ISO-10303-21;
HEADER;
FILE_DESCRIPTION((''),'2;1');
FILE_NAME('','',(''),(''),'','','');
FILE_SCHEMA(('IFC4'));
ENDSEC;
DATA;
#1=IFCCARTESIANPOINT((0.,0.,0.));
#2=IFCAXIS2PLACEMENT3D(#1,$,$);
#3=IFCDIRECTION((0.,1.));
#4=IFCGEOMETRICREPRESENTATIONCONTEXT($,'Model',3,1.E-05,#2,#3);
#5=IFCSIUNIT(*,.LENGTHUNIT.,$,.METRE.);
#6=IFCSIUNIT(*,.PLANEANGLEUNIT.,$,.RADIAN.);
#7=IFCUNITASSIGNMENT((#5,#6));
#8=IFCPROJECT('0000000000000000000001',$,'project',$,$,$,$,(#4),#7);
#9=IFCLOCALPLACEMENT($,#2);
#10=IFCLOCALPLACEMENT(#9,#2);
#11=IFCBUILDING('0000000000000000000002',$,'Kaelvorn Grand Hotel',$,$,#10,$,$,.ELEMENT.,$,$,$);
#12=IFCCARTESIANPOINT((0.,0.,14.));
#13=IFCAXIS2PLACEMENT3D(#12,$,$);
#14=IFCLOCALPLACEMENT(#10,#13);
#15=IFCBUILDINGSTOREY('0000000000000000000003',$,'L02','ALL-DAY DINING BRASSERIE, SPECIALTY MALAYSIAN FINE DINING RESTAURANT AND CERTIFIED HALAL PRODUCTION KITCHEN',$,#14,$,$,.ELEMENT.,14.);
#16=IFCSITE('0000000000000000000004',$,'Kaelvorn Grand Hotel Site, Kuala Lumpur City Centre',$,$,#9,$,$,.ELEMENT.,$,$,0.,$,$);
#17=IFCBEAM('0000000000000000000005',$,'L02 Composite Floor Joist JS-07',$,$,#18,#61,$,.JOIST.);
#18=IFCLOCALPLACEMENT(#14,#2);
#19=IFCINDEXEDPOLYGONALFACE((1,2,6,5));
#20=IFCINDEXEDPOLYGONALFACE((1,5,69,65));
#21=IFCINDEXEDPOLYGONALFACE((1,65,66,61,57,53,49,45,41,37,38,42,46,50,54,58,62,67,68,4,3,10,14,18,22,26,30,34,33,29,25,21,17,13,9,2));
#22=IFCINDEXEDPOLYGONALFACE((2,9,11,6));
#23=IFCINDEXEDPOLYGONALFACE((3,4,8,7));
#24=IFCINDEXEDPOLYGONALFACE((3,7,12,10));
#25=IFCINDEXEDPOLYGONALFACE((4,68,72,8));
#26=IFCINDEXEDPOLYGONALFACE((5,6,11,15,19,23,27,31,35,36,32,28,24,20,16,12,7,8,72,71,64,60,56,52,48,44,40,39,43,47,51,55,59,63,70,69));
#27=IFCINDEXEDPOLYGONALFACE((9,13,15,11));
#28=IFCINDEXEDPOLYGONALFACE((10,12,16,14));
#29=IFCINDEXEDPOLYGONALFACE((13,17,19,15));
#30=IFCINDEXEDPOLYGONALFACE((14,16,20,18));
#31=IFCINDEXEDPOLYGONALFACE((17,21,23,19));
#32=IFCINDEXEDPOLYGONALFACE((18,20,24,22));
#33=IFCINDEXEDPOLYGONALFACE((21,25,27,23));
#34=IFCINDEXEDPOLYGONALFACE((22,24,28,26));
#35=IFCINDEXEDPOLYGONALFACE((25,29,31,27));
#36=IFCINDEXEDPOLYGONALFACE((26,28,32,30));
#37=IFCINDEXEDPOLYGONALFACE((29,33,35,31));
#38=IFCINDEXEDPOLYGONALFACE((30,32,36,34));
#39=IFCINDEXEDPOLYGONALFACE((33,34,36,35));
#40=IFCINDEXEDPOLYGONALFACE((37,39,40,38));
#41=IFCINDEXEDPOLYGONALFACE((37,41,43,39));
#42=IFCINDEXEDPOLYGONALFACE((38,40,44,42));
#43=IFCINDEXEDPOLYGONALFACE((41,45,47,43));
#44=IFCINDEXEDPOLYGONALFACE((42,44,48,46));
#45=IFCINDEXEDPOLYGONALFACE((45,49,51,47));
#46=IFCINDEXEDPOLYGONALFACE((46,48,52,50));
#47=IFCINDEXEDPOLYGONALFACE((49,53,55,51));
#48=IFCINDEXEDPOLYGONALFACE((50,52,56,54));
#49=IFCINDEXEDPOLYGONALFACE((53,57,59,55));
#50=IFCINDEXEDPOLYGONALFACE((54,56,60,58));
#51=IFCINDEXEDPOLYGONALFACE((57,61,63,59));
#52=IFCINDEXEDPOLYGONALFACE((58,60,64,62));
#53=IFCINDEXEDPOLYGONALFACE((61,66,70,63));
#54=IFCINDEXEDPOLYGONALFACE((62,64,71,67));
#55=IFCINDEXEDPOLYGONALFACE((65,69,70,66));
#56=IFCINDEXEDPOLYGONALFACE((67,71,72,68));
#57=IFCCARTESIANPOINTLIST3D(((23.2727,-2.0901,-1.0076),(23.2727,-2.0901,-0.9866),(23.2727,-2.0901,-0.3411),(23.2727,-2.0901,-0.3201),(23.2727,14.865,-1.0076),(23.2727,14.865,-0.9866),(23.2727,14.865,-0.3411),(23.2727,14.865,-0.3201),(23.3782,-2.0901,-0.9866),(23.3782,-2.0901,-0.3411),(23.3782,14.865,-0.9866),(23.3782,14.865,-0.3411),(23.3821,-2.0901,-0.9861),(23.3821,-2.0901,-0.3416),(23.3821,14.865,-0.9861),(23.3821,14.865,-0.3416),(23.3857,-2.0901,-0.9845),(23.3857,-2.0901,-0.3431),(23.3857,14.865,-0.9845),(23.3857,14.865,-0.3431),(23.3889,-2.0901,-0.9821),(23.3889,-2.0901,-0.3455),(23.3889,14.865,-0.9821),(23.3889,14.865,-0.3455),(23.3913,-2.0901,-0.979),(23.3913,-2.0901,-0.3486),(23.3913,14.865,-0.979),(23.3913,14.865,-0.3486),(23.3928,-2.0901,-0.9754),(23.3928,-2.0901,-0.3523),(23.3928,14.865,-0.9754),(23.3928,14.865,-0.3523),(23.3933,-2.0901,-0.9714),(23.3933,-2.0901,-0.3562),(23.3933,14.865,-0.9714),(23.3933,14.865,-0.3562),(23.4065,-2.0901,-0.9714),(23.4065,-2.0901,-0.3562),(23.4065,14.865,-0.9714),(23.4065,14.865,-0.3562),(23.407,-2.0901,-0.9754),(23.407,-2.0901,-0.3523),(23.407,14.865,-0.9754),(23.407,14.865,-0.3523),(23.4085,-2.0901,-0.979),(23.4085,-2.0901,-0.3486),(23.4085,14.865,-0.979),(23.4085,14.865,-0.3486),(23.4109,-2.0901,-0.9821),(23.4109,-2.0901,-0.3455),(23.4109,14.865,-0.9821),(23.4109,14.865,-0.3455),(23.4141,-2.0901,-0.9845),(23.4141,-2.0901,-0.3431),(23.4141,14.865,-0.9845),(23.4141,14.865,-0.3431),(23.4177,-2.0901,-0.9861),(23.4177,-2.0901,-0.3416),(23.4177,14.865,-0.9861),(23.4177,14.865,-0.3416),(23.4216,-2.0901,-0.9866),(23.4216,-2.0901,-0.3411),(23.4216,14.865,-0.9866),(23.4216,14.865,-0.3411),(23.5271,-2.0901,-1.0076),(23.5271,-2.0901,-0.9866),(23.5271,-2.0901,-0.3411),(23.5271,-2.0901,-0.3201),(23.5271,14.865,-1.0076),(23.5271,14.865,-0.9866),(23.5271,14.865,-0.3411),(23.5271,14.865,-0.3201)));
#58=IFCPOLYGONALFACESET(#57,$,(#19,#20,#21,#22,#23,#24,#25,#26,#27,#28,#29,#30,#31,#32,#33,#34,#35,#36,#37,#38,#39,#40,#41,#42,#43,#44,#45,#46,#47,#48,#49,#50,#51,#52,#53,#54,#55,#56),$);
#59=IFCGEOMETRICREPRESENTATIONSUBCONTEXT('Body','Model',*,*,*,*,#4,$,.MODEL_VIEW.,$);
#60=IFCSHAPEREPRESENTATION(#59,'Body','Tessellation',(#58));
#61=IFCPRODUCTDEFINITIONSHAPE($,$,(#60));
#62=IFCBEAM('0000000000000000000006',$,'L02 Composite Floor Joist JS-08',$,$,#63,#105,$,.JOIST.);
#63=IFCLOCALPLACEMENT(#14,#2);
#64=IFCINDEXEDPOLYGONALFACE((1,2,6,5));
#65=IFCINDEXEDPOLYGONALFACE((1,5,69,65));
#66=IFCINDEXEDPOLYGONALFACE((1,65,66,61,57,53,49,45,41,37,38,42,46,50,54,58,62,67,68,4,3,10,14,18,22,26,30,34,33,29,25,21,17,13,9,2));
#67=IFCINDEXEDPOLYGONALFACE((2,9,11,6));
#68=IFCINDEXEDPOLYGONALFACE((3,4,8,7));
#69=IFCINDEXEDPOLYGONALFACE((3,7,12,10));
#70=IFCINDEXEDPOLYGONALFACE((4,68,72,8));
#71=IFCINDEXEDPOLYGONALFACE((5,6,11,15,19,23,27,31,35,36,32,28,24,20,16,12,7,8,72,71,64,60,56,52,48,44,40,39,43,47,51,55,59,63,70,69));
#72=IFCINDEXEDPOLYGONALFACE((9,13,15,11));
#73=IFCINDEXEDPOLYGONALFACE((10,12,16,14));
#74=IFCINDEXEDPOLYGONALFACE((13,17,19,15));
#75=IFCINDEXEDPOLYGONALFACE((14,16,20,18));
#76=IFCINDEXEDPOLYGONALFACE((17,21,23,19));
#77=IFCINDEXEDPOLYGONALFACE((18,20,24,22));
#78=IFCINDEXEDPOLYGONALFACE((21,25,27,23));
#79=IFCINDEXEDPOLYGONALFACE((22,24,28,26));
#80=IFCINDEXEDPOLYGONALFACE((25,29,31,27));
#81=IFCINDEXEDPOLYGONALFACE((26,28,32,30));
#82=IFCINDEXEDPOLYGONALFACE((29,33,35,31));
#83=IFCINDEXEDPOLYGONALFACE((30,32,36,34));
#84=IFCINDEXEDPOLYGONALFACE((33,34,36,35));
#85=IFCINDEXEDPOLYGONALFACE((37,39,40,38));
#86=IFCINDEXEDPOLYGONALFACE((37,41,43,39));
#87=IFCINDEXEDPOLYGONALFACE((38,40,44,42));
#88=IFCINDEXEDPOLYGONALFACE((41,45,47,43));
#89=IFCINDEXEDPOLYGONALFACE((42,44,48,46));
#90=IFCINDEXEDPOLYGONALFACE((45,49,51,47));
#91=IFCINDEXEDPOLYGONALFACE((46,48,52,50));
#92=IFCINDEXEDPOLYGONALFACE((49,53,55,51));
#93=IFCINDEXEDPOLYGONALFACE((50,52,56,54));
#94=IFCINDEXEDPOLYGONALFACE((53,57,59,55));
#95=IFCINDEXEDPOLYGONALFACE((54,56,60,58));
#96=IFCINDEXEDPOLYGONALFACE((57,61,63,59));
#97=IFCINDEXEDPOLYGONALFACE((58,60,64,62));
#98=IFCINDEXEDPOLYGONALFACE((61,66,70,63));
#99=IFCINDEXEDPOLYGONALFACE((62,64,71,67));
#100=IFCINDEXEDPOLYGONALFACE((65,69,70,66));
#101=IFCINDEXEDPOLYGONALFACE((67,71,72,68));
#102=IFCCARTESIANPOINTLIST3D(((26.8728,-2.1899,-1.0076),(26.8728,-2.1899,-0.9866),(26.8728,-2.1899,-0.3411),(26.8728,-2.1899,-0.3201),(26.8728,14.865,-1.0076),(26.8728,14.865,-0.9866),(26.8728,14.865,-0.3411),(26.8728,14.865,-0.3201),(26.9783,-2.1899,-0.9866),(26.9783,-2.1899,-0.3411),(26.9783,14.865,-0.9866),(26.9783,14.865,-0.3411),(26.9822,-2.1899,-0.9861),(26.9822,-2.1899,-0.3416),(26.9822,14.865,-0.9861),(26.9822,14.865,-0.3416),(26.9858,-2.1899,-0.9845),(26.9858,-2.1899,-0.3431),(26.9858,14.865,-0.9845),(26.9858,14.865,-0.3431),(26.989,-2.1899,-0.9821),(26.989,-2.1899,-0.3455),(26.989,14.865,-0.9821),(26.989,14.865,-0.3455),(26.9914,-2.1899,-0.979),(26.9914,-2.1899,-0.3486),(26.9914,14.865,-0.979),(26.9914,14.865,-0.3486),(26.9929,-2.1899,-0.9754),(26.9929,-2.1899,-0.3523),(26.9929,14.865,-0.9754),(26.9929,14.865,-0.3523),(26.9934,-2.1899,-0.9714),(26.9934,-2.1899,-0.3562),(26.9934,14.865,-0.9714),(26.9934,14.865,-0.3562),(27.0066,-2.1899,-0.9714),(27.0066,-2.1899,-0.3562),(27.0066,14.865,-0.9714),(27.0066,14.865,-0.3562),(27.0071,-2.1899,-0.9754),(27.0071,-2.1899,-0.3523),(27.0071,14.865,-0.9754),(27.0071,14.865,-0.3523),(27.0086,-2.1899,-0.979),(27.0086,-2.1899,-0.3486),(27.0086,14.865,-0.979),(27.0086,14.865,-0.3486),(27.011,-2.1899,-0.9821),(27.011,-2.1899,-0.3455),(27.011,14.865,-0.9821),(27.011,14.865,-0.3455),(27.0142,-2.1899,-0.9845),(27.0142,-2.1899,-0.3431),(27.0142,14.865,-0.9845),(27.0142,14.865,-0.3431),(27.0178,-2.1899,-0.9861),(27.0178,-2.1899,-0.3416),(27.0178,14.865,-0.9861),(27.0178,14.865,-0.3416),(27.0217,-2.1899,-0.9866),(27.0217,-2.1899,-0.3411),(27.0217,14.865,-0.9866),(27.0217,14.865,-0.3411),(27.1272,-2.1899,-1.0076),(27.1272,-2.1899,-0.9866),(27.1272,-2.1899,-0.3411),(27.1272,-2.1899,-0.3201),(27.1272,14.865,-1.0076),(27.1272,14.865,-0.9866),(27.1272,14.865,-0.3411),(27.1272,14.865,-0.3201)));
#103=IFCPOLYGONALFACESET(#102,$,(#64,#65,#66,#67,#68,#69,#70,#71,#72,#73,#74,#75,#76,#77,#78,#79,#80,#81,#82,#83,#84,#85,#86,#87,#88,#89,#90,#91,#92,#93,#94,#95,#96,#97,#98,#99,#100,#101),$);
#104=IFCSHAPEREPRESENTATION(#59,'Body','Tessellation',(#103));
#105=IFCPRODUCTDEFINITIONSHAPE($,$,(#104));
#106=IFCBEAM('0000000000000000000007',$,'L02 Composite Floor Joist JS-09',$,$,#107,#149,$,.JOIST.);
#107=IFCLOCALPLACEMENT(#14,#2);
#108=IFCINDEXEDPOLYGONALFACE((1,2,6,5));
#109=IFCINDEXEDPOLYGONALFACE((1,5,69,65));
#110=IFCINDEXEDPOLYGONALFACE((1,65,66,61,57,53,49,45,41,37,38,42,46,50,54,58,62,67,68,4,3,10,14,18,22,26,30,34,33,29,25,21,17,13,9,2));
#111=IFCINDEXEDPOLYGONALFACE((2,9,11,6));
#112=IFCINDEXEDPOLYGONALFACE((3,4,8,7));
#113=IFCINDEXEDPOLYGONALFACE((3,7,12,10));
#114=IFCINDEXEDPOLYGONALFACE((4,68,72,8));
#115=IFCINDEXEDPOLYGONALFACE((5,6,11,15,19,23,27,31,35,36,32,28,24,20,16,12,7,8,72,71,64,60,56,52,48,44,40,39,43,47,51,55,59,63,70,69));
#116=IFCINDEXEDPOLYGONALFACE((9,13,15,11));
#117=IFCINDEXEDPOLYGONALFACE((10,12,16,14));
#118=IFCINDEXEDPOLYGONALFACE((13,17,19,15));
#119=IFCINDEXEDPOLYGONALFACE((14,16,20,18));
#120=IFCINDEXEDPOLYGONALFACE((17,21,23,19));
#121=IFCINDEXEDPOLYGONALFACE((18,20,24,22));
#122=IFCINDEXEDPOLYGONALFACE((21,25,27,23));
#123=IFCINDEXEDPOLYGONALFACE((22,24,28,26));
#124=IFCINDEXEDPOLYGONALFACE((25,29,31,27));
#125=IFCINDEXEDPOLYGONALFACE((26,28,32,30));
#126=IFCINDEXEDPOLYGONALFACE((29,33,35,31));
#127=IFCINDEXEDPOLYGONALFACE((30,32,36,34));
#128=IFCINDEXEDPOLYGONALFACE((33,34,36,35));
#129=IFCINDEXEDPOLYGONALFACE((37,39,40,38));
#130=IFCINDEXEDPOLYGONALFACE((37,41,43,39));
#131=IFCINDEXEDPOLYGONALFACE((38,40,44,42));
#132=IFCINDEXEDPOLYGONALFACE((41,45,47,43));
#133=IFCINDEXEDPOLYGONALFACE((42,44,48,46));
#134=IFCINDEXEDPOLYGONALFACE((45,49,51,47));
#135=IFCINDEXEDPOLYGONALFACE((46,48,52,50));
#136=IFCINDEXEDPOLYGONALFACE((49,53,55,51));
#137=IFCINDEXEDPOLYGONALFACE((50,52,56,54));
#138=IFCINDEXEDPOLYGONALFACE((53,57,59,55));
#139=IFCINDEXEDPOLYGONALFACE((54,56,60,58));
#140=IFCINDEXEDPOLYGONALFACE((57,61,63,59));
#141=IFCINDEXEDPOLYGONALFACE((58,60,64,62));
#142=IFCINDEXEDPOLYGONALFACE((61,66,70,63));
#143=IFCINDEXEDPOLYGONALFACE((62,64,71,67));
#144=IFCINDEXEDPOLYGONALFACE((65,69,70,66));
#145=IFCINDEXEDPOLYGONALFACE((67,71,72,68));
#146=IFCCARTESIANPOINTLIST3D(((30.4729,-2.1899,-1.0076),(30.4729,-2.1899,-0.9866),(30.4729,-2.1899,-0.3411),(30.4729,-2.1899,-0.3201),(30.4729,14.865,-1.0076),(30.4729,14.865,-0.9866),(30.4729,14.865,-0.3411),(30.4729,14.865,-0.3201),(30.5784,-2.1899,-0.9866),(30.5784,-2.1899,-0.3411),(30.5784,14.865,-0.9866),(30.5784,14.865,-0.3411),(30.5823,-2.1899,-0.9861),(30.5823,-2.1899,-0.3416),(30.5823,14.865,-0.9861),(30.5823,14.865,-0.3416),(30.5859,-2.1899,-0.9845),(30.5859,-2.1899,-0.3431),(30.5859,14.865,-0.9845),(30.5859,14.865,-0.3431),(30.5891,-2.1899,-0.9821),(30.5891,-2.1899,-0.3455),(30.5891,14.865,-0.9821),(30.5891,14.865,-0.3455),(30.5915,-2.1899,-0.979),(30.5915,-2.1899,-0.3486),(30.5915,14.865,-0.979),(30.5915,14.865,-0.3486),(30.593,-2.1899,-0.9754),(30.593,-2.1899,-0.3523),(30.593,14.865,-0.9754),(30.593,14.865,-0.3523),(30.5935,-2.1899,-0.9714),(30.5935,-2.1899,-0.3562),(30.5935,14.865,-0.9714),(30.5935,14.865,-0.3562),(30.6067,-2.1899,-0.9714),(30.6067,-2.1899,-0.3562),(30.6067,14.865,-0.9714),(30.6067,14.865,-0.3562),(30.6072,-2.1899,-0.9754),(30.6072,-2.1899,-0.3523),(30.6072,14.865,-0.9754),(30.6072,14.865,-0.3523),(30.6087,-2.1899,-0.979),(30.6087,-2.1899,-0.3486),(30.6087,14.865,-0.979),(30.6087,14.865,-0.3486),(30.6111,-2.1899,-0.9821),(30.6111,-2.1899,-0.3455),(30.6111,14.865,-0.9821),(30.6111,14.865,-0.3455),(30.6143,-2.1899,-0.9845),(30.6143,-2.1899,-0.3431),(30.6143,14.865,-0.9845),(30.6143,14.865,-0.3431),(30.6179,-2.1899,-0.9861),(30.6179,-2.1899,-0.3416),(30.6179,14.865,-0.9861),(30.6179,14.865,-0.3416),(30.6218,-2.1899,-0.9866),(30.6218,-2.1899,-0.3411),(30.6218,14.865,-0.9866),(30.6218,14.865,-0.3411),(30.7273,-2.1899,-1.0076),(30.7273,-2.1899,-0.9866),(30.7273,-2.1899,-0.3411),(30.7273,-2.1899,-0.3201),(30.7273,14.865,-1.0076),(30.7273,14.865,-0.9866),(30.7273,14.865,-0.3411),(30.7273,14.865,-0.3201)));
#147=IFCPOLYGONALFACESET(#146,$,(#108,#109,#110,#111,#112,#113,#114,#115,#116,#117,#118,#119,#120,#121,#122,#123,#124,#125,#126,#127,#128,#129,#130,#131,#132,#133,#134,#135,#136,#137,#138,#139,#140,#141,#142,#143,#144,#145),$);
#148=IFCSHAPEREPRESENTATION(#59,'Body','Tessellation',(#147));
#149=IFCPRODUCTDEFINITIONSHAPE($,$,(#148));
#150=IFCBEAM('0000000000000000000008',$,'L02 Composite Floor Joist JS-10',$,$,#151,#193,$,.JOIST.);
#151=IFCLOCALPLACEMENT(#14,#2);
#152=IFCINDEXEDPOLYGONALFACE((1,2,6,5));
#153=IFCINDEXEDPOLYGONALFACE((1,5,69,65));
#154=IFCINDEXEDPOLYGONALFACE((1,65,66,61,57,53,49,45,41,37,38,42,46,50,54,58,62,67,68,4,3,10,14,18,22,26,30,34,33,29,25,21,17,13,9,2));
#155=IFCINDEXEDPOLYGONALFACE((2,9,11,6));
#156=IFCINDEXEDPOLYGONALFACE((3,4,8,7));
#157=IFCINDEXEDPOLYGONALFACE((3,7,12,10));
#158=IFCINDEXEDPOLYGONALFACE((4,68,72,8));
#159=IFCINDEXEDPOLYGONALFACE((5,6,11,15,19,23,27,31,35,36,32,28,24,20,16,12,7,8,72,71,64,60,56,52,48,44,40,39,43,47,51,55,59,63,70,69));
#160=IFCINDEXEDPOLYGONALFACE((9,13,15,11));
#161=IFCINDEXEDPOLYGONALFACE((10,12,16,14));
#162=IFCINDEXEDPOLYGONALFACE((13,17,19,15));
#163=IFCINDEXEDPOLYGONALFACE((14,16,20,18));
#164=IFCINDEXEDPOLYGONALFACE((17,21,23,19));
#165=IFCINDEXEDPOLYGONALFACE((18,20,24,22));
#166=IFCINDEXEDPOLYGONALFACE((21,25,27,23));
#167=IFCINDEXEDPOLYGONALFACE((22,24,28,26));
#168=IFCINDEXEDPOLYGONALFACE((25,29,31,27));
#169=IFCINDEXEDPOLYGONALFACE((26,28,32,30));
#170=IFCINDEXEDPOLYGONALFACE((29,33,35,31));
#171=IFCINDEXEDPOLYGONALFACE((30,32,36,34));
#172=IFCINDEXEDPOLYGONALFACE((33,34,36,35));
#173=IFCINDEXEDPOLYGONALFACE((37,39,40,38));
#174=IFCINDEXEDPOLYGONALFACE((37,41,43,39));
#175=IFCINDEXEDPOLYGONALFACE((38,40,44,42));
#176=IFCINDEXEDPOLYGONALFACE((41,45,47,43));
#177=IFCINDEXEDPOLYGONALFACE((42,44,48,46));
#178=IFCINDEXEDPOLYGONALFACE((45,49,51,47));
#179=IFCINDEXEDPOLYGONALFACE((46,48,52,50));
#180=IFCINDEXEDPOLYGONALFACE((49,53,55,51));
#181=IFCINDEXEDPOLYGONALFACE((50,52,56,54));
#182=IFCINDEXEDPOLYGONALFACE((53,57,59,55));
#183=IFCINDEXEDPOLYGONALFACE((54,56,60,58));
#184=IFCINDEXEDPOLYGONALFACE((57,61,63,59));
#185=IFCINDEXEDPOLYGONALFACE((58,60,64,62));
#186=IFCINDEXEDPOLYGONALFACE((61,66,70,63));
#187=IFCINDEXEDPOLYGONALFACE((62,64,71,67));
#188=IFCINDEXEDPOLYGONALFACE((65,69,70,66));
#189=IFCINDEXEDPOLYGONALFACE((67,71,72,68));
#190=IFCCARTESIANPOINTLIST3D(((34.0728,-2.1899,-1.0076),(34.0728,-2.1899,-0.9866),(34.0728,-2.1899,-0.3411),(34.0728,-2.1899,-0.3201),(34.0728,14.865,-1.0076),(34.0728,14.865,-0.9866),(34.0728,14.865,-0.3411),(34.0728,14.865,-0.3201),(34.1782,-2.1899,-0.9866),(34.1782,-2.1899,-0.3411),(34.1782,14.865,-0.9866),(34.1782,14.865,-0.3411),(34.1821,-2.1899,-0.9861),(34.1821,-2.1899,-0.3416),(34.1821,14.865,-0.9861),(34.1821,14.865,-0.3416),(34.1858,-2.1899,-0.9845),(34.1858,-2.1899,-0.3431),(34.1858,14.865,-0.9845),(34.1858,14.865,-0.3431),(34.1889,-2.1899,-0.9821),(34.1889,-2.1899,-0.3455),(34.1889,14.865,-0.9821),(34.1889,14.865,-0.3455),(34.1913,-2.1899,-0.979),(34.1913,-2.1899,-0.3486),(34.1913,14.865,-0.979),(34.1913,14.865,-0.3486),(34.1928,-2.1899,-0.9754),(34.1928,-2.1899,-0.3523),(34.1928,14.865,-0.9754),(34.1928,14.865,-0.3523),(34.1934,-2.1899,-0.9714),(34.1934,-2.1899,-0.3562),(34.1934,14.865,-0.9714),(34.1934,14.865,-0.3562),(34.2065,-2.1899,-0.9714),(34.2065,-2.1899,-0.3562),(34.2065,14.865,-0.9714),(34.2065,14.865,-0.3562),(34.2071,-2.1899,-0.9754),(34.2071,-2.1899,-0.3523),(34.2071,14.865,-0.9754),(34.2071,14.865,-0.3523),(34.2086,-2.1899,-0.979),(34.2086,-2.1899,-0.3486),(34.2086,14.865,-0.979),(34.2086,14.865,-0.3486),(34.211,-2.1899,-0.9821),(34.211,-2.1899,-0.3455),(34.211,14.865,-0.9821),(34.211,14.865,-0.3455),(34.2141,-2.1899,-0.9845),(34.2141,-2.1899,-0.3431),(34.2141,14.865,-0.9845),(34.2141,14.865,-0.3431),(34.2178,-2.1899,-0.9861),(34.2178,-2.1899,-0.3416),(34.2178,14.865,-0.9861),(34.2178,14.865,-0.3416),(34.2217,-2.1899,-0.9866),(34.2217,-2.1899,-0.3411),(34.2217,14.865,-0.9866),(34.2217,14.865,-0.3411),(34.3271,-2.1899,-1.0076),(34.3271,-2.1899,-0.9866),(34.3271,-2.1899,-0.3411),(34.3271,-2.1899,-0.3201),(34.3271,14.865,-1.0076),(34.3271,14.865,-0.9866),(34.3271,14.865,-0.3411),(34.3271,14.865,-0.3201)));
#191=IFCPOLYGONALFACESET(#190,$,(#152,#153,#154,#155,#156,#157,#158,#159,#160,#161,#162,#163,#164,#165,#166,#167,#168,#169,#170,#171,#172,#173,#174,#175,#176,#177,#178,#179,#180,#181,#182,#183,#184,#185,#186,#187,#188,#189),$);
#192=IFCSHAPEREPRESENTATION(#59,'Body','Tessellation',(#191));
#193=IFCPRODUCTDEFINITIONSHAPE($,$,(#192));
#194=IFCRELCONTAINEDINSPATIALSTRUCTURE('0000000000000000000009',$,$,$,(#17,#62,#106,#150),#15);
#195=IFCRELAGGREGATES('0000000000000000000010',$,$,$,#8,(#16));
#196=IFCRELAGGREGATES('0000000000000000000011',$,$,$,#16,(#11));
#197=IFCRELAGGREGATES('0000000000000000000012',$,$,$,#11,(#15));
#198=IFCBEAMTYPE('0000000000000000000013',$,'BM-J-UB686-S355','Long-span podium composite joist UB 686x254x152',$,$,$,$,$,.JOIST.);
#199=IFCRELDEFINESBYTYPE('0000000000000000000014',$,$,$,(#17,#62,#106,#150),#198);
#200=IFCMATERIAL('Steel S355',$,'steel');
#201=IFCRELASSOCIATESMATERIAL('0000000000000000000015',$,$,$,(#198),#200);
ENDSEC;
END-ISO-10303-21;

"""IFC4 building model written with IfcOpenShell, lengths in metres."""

from ifc_helpers import new_model, si_unit, direction, frame, origin, origin_2d, place, context, subcontext, project, spatial, i_section, extrude, material, material_profile, profile_set, type_object, element, save


model = new_model("IFC4")

# Units and contexts
model_context = context("Model", 3, precision=1e-05, world=origin(), true_north=direction((0.0, 1.0)))
body_context = subcontext(model_context, "Body", "Model", "MODEL_VIEW")
ifc_project = project(units=[si_unit("LENGTHUNIT", "METRE"), si_unit("PLANEANGLEUNIT", "RADIAN")], contexts=[model_context])

# Site, building, storey
site_placement = place(None, origin())
site = spatial("IfcSite", under=ifc_project, at=site_placement, Name="Kaelvorn Grand Hotel Site, Kuala Lumpur City Centre", CompositionType="ELEMENT", RefElevation=0.0)
building_placement = place(site_placement, origin())
building = spatial("IfcBuilding", under=site, at=building_placement, Name="Kaelvorn Grand Hotel", CompositionType="ELEMENT")
storey_placement = place(building_placement, frame((0.0, 0.0, 14.0)))
storey = spatial("IfcBuildingStorey", under=building, at=storey_placement, Name="L02", Description="ALL-DAY DINING BRASSERIE, SPECIALTY MALAYSIAN FINE DINING RESTAURANT AND CERTIFIED HALAL PRODUCTION KITCHEN", CompositionType="ELEMENT", Elevation=14.0)

# Beams
ifc_material_1 = material(Name="Steel S355", Category="steel")
ifc_material_profile_1 = material_profile(ifc_material_1, i_section(OverallWidth=0.2544, OverallDepth=0.6875, WebThickness=0.0132, FlangeThickness=0.021, FilletRadius=0.0151, at=origin_2d()), Name="UB 686x254x152")
ifc_profile_set_1 = profile_set([ifc_material_profile_1], Name="Steel S355")
beam_type_1 = type_object("IfcBeamType", Name="BM-J-UB686-S355", Description="Long-span podium composite joist UB 686x254x152", PredefinedType="JOIST", material=ifc_profile_set_1)
beam_1_placement = place(storey_placement, frame((23.3999, -2.0901, -0.6638), z_axis=(0.0, 1.0, 0.0), x_axis=(-1.0, 0.0, 0.0)))
element("IfcBeam", 1, at=beam_1_placement, inside=storey, type_object=beam_type_1, Name="L02 Composite Floor Joist JS-07", PredefinedType="JOIST", context=body_context, shape_type="SweptSolid", body=[
    extrude(i_section(OverallWidth=0.2544, OverallDepth=0.6875, WebThickness=0.0132, FlangeThickness=0.021, FilletRadius=0.0151, at=origin_2d()), origin(), (0.0, 0.0, 1.0), 16.9551),
])
for number, where, z_axis, x_axis, name in (
    (2, (27.0, -2.1899, -0.6638), (0.0, 1.0, 0.0), (-1.0, 0.0, 0.0), "L02 Composite Floor Joist JS-08"),
    (3, (30.6001, -2.1899, -0.6638), (0.0, 1.0, 0.0), (-1.0, 0.0, 0.0), "L02 Composite Floor Joist JS-09"),
    (4, (34.2, -2.1899, -0.6638), (0.0, 1.0, 0.0), (-1.0, 0.0, 0.0), "L02 Composite Floor Joist JS-10"),
):
    element("IfcBeam", number, at=place(storey_placement, frame(where, z_axis=z_axis, x_axis=x_axis)), inside=storey, type_object=beam_type_1, Name=name, PredefinedType="JOIST", context=body_context, shape_type="SweptSolid", body=[
        extrude(i_section(OverallWidth=0.2544, OverallDepth=0.6875, WebThickness=0.0132, FlangeThickness=0.021, FilletRadius=0.0151, at=origin_2d()), origin(), (0.0, 0.0, 1.0), 17.0549),
    ])

save(model, "model.ifc")
